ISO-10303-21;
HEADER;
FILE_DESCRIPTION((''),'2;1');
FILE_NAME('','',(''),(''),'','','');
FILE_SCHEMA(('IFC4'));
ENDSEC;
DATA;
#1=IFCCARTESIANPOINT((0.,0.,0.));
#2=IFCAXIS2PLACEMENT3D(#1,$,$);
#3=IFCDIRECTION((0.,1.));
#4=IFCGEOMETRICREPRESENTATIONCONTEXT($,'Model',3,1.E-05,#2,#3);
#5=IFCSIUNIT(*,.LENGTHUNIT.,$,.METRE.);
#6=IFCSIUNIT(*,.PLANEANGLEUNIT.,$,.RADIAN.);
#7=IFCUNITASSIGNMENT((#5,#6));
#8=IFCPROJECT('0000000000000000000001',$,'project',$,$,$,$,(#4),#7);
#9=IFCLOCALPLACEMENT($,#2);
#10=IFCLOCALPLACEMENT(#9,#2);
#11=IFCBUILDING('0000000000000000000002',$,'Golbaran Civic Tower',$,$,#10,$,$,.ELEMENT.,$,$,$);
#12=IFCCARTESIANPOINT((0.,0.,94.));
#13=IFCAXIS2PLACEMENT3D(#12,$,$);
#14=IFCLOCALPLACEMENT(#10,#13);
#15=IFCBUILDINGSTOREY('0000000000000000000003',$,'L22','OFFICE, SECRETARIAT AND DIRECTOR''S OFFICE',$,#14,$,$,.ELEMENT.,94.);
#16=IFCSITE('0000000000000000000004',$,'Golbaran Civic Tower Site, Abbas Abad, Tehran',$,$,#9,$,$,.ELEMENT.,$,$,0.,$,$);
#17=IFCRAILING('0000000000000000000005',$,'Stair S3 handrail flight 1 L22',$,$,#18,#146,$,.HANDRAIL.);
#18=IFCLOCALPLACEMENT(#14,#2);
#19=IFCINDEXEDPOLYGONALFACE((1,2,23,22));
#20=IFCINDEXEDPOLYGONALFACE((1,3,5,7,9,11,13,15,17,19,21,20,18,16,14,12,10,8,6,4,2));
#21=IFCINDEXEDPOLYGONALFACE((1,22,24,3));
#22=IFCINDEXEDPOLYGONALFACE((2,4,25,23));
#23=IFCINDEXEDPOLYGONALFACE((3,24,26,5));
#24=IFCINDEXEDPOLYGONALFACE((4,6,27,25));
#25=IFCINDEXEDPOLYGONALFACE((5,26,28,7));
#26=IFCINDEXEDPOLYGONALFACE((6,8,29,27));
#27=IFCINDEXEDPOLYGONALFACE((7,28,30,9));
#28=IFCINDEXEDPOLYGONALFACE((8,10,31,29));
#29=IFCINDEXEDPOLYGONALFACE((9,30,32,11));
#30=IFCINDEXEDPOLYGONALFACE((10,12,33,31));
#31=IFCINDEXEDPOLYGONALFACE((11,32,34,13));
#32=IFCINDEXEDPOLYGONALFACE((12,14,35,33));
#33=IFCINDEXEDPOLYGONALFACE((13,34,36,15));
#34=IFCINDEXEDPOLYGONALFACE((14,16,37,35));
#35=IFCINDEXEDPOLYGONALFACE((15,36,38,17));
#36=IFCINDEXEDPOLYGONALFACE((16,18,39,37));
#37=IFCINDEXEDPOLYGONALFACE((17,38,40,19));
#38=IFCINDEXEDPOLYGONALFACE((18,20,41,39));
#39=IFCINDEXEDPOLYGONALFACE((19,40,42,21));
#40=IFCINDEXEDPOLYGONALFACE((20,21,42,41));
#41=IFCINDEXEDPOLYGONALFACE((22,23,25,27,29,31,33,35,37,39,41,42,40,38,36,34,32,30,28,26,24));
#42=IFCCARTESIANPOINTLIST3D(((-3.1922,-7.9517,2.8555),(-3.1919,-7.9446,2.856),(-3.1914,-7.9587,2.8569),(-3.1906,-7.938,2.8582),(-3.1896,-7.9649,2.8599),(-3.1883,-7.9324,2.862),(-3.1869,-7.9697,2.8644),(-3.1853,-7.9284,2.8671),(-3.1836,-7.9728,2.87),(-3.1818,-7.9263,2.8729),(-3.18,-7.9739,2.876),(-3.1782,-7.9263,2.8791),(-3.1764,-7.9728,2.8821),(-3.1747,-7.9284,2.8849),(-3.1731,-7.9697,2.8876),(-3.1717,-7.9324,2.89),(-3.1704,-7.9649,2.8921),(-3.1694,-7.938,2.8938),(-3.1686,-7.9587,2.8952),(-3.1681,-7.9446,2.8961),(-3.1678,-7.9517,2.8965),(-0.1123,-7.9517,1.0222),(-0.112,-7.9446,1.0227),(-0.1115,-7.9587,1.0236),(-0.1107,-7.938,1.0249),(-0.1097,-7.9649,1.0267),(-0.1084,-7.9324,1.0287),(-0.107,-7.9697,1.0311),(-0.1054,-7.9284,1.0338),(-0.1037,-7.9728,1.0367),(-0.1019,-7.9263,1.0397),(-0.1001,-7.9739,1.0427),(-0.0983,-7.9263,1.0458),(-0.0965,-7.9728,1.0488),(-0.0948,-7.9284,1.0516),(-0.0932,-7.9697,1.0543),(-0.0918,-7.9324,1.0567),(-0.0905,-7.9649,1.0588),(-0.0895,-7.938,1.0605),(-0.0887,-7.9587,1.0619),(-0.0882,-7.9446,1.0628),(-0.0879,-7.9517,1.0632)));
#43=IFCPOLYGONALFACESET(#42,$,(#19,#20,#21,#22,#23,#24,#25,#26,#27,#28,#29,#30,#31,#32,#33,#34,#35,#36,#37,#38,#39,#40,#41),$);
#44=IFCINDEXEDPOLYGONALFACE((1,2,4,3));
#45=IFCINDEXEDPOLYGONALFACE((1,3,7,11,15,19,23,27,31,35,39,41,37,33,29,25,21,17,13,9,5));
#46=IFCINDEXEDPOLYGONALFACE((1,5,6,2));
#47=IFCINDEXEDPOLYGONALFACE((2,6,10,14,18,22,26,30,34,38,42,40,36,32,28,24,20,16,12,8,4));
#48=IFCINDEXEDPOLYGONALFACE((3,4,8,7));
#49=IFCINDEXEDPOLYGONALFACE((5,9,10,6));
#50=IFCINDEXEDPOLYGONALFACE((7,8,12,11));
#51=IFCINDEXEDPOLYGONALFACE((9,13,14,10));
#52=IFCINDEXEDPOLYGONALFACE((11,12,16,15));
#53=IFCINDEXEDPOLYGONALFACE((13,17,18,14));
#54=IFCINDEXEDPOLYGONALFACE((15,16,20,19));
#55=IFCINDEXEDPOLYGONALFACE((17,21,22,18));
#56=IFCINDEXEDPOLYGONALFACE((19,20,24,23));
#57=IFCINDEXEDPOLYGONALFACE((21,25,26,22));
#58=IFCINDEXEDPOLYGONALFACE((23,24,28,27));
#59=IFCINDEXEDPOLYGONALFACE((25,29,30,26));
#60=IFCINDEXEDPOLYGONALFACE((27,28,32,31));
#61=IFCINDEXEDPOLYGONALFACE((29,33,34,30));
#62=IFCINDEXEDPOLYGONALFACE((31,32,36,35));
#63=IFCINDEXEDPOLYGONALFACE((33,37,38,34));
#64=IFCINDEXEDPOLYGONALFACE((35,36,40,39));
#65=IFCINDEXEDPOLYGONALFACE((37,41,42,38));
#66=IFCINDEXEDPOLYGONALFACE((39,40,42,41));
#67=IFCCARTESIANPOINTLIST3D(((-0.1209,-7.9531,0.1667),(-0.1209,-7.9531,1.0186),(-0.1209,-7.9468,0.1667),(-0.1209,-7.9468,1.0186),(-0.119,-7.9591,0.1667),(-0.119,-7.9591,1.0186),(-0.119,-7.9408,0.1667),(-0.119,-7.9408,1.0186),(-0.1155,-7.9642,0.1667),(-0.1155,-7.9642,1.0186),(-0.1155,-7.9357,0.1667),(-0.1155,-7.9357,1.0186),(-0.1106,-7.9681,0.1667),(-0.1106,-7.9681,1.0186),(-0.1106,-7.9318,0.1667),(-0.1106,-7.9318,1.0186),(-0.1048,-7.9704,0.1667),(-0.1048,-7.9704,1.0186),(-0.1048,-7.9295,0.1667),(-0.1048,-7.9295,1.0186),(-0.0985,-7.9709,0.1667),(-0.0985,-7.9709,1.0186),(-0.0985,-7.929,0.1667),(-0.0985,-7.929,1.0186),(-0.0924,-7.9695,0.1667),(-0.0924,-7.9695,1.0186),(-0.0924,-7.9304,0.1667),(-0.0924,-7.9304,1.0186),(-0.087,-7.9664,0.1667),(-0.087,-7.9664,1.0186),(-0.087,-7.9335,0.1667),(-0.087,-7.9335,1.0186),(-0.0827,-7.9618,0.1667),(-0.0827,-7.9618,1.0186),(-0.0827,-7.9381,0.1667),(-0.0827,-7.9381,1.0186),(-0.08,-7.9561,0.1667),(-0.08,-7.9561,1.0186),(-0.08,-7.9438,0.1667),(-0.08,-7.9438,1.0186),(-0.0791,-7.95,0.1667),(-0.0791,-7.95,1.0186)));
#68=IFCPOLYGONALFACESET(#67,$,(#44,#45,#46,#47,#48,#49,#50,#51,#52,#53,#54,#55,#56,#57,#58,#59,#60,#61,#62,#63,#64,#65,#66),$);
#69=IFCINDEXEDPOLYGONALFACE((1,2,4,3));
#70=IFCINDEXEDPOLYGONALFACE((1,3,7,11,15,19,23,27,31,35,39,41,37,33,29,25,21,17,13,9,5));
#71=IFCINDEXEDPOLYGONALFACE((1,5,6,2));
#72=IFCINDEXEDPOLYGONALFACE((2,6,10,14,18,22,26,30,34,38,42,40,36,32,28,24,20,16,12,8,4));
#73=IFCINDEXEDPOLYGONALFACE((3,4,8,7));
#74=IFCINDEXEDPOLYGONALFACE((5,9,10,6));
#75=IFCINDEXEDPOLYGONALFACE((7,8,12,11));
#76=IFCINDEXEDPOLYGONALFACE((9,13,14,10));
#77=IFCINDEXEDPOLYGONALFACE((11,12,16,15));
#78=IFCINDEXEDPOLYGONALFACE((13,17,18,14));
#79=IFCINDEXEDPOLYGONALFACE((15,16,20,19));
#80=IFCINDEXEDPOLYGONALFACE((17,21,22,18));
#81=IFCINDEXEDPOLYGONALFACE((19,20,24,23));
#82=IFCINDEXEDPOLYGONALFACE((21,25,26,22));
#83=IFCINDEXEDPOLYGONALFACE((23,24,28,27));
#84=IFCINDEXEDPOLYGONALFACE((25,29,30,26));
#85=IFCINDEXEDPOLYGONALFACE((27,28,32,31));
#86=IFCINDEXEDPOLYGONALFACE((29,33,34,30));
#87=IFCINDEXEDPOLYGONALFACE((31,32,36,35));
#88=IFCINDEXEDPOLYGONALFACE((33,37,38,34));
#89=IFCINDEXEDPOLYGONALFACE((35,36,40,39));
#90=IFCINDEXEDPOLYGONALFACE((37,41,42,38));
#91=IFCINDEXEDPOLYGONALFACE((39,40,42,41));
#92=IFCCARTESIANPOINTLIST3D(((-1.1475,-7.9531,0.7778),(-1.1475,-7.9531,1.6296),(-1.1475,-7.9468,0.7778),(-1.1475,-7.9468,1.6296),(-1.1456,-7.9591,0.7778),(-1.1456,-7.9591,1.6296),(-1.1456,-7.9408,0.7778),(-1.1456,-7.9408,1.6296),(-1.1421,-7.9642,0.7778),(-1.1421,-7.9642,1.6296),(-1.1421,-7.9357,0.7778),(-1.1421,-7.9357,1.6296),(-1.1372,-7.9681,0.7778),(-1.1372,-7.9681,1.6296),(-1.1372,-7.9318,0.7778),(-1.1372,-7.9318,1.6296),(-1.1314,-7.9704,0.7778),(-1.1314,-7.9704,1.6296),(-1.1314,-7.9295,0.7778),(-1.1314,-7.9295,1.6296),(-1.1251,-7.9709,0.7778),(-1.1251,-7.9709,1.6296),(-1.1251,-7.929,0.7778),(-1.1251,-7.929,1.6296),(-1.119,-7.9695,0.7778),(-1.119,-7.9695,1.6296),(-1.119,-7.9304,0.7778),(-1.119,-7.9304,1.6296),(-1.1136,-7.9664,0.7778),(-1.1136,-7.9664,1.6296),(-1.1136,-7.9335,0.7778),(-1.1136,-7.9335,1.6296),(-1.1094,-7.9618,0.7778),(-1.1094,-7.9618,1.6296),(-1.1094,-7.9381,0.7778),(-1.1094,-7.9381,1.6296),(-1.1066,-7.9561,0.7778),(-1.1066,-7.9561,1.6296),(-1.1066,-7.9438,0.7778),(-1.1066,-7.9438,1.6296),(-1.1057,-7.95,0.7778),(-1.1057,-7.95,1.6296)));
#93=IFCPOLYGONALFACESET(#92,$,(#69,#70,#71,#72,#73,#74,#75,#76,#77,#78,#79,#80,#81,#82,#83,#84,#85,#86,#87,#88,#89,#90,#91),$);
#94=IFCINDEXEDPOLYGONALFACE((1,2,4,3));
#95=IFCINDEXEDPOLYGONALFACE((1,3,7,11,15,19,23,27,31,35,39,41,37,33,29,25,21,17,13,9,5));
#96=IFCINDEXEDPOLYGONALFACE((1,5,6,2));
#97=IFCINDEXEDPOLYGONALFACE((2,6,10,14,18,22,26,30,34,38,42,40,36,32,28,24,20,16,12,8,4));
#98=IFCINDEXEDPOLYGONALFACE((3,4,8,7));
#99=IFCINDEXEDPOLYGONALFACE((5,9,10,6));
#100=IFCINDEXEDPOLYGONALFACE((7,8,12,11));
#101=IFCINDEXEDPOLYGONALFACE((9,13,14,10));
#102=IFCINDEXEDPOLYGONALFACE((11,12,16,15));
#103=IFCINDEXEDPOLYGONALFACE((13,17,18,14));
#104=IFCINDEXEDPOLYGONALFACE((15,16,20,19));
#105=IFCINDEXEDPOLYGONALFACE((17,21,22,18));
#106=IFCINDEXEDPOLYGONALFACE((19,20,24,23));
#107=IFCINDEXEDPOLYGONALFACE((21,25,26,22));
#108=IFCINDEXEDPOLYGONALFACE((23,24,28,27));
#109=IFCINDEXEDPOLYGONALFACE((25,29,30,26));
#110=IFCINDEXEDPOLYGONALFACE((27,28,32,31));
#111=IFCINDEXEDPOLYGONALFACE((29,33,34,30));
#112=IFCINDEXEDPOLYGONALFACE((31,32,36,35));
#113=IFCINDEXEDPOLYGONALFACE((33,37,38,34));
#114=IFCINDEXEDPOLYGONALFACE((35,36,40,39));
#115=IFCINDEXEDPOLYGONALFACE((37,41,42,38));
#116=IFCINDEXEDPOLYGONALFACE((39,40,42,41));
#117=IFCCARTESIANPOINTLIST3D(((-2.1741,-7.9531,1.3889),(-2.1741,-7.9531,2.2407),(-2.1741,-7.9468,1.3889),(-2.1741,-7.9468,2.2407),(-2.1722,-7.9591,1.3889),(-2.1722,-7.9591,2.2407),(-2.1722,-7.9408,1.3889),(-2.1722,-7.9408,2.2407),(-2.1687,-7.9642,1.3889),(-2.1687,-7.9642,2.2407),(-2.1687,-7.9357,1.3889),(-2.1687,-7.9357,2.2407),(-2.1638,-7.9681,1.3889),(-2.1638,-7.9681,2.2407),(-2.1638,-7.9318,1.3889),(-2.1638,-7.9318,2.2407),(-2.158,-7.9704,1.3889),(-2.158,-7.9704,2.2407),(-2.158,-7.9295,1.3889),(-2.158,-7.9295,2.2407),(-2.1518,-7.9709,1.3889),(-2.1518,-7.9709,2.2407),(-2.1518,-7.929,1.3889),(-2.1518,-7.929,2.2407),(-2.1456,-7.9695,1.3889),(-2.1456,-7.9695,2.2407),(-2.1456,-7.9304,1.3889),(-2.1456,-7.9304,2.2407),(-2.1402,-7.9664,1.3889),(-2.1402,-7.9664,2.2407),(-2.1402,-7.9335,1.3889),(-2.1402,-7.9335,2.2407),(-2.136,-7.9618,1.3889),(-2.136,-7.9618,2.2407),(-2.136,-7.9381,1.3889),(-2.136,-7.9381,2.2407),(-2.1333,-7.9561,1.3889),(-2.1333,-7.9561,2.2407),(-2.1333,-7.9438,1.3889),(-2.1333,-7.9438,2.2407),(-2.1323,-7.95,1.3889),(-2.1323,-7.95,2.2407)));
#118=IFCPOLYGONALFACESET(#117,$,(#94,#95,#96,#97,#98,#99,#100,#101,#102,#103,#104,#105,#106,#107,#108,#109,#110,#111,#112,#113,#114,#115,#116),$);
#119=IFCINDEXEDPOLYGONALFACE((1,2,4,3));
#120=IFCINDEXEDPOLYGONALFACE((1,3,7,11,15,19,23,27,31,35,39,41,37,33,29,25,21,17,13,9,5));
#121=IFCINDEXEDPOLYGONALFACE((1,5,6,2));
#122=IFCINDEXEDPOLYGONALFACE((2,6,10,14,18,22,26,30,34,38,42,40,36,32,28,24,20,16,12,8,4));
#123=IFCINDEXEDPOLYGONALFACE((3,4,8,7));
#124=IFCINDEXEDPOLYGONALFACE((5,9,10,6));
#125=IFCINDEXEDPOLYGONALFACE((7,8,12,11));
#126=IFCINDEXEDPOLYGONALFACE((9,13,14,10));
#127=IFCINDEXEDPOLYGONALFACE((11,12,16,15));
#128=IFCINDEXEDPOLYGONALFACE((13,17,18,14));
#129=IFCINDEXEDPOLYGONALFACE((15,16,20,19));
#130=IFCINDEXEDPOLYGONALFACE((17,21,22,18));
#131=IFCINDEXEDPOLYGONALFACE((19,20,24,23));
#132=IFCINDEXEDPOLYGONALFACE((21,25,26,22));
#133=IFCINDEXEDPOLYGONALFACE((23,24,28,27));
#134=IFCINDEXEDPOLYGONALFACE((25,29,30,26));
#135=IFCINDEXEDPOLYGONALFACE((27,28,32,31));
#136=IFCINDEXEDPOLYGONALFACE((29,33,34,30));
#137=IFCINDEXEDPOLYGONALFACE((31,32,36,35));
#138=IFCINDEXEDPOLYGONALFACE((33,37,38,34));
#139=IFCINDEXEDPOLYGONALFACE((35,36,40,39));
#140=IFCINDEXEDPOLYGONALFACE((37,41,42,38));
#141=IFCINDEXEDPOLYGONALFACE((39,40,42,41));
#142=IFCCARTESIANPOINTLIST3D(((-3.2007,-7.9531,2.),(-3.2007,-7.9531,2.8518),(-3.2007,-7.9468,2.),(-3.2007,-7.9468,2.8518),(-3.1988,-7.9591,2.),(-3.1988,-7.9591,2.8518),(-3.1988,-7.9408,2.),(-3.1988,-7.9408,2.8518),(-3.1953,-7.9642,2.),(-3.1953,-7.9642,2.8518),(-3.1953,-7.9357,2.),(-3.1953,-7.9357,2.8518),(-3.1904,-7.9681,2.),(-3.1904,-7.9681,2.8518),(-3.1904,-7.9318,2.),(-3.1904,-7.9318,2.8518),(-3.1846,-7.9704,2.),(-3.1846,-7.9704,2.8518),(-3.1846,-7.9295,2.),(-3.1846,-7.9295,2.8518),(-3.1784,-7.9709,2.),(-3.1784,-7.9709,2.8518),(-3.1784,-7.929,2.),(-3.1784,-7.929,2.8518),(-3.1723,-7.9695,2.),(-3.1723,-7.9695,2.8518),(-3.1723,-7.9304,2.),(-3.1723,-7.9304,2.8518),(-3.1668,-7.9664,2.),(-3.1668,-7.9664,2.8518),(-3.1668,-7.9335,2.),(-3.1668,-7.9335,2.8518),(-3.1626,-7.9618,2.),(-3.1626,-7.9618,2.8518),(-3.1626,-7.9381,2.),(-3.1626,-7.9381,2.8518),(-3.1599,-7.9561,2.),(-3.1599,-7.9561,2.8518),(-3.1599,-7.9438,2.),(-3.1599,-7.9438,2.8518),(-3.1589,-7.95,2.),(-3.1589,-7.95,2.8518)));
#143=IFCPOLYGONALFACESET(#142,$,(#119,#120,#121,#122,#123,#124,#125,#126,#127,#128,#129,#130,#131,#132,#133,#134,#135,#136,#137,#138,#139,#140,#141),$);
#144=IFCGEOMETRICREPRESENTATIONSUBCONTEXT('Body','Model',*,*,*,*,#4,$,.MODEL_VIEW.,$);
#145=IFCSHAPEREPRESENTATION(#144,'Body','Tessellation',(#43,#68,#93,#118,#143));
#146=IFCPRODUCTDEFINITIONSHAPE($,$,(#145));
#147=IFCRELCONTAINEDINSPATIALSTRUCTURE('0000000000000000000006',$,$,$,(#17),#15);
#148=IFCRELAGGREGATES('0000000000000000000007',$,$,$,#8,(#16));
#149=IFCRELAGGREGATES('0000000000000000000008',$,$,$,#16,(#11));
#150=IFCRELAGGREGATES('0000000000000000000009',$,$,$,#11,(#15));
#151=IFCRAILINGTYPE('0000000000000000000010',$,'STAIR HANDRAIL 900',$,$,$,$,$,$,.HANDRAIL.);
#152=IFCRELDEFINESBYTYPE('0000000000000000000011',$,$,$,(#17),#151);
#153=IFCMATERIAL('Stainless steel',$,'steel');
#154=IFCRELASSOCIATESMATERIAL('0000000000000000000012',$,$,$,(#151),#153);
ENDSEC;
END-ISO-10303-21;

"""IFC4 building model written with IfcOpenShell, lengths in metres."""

from ifc_helpers import new_model, si_unit, direction, frame, origin, origin_2d, place, context, subcontext, project, spatial, circle, extrude, material, type_object, element, save


model = new_model("IFC4")

# Units and contexts
model_context = context("Model", 3, precision=1e-05, world=origin(), true_north=direction((0.0, 1.0)))
body_context = subcontext(model_context, "Body", "Model", "MODEL_VIEW")
ifc_project = project(units=[si_unit("LENGTHUNIT", "METRE"), si_unit("PLANEANGLEUNIT", "RADIAN")], contexts=[model_context])

# Site, building, storey
site_placement = place(None, origin())
site = spatial("IfcSite", under=ifc_project, at=site_placement, Name="Golbaran Civic Tower Site, Abbas Abad, Tehran", CompositionType="ELEMENT", RefElevation=0.0)
building_placement = place(site_placement, origin())
building = spatial("IfcBuilding", under=site, at=building_placement, Name="Golbaran Civic Tower", CompositionType="ELEMENT")
storey_placement = place(building_placement, frame((0.0, 0.0, 94.0)))
storey = spatial("IfcBuildingStorey", under=building, at=storey_placement, Name="L22", Description="OFFICE, SECRETARIAT AND DIRECTOR'S OFFICE", CompositionType="ELEMENT", Elevation=94.0)

# Railing
ifc_material_1 = material(Name="Stainless steel", Category="steel")
railing_type = type_object("IfcRailingType", Name="STAIR HANDRAIL 900", PredefinedType="HANDRAIL", material=ifc_material_1)
railing_placement = place(storey_placement, frame((-0.1001, -7.95, 0.1667)))
element("IfcRailing", 1, at=railing_placement, inside=storey, type_object=railing_type, Name="Stair S3 handrail flight 1 L22", PredefinedType="HANDRAIL", context=body_context, shape_type="SweptSolid", body=[
    extrude(circle(Radius=0.0239, at=origin_2d()), frame((0.0, 0.0, 0.876), z_axis=(-0.859291, 0.0, 0.511487), x_axis=(0.0, -1.0, 0.0)), (0.0, 0.0, 1.0), 3.5842),
    extrude(circle(Radius=0.021, at=origin_2d()), origin(), (0.0, 0.0, 1.0), 0.8518),
    extrude(circle(Radius=0.021, at=origin_2d()), frame((-1.0266, 0.0, 0.6111)), (0.0, 0.0, 1.0), 0.8518),
    extrude(circle(Radius=0.021, at=origin_2d()), frame((-2.0532, 0.0, 1.2222)), (0.0, 0.0, 1.0), 0.8518),
    extrude(circle(Radius=0.021, at=origin_2d()), frame((-3.0798, 0.0, 1.8333)), (0.0, 0.0, 1.0), 0.8518),
])

save(model, "model.ifc")
